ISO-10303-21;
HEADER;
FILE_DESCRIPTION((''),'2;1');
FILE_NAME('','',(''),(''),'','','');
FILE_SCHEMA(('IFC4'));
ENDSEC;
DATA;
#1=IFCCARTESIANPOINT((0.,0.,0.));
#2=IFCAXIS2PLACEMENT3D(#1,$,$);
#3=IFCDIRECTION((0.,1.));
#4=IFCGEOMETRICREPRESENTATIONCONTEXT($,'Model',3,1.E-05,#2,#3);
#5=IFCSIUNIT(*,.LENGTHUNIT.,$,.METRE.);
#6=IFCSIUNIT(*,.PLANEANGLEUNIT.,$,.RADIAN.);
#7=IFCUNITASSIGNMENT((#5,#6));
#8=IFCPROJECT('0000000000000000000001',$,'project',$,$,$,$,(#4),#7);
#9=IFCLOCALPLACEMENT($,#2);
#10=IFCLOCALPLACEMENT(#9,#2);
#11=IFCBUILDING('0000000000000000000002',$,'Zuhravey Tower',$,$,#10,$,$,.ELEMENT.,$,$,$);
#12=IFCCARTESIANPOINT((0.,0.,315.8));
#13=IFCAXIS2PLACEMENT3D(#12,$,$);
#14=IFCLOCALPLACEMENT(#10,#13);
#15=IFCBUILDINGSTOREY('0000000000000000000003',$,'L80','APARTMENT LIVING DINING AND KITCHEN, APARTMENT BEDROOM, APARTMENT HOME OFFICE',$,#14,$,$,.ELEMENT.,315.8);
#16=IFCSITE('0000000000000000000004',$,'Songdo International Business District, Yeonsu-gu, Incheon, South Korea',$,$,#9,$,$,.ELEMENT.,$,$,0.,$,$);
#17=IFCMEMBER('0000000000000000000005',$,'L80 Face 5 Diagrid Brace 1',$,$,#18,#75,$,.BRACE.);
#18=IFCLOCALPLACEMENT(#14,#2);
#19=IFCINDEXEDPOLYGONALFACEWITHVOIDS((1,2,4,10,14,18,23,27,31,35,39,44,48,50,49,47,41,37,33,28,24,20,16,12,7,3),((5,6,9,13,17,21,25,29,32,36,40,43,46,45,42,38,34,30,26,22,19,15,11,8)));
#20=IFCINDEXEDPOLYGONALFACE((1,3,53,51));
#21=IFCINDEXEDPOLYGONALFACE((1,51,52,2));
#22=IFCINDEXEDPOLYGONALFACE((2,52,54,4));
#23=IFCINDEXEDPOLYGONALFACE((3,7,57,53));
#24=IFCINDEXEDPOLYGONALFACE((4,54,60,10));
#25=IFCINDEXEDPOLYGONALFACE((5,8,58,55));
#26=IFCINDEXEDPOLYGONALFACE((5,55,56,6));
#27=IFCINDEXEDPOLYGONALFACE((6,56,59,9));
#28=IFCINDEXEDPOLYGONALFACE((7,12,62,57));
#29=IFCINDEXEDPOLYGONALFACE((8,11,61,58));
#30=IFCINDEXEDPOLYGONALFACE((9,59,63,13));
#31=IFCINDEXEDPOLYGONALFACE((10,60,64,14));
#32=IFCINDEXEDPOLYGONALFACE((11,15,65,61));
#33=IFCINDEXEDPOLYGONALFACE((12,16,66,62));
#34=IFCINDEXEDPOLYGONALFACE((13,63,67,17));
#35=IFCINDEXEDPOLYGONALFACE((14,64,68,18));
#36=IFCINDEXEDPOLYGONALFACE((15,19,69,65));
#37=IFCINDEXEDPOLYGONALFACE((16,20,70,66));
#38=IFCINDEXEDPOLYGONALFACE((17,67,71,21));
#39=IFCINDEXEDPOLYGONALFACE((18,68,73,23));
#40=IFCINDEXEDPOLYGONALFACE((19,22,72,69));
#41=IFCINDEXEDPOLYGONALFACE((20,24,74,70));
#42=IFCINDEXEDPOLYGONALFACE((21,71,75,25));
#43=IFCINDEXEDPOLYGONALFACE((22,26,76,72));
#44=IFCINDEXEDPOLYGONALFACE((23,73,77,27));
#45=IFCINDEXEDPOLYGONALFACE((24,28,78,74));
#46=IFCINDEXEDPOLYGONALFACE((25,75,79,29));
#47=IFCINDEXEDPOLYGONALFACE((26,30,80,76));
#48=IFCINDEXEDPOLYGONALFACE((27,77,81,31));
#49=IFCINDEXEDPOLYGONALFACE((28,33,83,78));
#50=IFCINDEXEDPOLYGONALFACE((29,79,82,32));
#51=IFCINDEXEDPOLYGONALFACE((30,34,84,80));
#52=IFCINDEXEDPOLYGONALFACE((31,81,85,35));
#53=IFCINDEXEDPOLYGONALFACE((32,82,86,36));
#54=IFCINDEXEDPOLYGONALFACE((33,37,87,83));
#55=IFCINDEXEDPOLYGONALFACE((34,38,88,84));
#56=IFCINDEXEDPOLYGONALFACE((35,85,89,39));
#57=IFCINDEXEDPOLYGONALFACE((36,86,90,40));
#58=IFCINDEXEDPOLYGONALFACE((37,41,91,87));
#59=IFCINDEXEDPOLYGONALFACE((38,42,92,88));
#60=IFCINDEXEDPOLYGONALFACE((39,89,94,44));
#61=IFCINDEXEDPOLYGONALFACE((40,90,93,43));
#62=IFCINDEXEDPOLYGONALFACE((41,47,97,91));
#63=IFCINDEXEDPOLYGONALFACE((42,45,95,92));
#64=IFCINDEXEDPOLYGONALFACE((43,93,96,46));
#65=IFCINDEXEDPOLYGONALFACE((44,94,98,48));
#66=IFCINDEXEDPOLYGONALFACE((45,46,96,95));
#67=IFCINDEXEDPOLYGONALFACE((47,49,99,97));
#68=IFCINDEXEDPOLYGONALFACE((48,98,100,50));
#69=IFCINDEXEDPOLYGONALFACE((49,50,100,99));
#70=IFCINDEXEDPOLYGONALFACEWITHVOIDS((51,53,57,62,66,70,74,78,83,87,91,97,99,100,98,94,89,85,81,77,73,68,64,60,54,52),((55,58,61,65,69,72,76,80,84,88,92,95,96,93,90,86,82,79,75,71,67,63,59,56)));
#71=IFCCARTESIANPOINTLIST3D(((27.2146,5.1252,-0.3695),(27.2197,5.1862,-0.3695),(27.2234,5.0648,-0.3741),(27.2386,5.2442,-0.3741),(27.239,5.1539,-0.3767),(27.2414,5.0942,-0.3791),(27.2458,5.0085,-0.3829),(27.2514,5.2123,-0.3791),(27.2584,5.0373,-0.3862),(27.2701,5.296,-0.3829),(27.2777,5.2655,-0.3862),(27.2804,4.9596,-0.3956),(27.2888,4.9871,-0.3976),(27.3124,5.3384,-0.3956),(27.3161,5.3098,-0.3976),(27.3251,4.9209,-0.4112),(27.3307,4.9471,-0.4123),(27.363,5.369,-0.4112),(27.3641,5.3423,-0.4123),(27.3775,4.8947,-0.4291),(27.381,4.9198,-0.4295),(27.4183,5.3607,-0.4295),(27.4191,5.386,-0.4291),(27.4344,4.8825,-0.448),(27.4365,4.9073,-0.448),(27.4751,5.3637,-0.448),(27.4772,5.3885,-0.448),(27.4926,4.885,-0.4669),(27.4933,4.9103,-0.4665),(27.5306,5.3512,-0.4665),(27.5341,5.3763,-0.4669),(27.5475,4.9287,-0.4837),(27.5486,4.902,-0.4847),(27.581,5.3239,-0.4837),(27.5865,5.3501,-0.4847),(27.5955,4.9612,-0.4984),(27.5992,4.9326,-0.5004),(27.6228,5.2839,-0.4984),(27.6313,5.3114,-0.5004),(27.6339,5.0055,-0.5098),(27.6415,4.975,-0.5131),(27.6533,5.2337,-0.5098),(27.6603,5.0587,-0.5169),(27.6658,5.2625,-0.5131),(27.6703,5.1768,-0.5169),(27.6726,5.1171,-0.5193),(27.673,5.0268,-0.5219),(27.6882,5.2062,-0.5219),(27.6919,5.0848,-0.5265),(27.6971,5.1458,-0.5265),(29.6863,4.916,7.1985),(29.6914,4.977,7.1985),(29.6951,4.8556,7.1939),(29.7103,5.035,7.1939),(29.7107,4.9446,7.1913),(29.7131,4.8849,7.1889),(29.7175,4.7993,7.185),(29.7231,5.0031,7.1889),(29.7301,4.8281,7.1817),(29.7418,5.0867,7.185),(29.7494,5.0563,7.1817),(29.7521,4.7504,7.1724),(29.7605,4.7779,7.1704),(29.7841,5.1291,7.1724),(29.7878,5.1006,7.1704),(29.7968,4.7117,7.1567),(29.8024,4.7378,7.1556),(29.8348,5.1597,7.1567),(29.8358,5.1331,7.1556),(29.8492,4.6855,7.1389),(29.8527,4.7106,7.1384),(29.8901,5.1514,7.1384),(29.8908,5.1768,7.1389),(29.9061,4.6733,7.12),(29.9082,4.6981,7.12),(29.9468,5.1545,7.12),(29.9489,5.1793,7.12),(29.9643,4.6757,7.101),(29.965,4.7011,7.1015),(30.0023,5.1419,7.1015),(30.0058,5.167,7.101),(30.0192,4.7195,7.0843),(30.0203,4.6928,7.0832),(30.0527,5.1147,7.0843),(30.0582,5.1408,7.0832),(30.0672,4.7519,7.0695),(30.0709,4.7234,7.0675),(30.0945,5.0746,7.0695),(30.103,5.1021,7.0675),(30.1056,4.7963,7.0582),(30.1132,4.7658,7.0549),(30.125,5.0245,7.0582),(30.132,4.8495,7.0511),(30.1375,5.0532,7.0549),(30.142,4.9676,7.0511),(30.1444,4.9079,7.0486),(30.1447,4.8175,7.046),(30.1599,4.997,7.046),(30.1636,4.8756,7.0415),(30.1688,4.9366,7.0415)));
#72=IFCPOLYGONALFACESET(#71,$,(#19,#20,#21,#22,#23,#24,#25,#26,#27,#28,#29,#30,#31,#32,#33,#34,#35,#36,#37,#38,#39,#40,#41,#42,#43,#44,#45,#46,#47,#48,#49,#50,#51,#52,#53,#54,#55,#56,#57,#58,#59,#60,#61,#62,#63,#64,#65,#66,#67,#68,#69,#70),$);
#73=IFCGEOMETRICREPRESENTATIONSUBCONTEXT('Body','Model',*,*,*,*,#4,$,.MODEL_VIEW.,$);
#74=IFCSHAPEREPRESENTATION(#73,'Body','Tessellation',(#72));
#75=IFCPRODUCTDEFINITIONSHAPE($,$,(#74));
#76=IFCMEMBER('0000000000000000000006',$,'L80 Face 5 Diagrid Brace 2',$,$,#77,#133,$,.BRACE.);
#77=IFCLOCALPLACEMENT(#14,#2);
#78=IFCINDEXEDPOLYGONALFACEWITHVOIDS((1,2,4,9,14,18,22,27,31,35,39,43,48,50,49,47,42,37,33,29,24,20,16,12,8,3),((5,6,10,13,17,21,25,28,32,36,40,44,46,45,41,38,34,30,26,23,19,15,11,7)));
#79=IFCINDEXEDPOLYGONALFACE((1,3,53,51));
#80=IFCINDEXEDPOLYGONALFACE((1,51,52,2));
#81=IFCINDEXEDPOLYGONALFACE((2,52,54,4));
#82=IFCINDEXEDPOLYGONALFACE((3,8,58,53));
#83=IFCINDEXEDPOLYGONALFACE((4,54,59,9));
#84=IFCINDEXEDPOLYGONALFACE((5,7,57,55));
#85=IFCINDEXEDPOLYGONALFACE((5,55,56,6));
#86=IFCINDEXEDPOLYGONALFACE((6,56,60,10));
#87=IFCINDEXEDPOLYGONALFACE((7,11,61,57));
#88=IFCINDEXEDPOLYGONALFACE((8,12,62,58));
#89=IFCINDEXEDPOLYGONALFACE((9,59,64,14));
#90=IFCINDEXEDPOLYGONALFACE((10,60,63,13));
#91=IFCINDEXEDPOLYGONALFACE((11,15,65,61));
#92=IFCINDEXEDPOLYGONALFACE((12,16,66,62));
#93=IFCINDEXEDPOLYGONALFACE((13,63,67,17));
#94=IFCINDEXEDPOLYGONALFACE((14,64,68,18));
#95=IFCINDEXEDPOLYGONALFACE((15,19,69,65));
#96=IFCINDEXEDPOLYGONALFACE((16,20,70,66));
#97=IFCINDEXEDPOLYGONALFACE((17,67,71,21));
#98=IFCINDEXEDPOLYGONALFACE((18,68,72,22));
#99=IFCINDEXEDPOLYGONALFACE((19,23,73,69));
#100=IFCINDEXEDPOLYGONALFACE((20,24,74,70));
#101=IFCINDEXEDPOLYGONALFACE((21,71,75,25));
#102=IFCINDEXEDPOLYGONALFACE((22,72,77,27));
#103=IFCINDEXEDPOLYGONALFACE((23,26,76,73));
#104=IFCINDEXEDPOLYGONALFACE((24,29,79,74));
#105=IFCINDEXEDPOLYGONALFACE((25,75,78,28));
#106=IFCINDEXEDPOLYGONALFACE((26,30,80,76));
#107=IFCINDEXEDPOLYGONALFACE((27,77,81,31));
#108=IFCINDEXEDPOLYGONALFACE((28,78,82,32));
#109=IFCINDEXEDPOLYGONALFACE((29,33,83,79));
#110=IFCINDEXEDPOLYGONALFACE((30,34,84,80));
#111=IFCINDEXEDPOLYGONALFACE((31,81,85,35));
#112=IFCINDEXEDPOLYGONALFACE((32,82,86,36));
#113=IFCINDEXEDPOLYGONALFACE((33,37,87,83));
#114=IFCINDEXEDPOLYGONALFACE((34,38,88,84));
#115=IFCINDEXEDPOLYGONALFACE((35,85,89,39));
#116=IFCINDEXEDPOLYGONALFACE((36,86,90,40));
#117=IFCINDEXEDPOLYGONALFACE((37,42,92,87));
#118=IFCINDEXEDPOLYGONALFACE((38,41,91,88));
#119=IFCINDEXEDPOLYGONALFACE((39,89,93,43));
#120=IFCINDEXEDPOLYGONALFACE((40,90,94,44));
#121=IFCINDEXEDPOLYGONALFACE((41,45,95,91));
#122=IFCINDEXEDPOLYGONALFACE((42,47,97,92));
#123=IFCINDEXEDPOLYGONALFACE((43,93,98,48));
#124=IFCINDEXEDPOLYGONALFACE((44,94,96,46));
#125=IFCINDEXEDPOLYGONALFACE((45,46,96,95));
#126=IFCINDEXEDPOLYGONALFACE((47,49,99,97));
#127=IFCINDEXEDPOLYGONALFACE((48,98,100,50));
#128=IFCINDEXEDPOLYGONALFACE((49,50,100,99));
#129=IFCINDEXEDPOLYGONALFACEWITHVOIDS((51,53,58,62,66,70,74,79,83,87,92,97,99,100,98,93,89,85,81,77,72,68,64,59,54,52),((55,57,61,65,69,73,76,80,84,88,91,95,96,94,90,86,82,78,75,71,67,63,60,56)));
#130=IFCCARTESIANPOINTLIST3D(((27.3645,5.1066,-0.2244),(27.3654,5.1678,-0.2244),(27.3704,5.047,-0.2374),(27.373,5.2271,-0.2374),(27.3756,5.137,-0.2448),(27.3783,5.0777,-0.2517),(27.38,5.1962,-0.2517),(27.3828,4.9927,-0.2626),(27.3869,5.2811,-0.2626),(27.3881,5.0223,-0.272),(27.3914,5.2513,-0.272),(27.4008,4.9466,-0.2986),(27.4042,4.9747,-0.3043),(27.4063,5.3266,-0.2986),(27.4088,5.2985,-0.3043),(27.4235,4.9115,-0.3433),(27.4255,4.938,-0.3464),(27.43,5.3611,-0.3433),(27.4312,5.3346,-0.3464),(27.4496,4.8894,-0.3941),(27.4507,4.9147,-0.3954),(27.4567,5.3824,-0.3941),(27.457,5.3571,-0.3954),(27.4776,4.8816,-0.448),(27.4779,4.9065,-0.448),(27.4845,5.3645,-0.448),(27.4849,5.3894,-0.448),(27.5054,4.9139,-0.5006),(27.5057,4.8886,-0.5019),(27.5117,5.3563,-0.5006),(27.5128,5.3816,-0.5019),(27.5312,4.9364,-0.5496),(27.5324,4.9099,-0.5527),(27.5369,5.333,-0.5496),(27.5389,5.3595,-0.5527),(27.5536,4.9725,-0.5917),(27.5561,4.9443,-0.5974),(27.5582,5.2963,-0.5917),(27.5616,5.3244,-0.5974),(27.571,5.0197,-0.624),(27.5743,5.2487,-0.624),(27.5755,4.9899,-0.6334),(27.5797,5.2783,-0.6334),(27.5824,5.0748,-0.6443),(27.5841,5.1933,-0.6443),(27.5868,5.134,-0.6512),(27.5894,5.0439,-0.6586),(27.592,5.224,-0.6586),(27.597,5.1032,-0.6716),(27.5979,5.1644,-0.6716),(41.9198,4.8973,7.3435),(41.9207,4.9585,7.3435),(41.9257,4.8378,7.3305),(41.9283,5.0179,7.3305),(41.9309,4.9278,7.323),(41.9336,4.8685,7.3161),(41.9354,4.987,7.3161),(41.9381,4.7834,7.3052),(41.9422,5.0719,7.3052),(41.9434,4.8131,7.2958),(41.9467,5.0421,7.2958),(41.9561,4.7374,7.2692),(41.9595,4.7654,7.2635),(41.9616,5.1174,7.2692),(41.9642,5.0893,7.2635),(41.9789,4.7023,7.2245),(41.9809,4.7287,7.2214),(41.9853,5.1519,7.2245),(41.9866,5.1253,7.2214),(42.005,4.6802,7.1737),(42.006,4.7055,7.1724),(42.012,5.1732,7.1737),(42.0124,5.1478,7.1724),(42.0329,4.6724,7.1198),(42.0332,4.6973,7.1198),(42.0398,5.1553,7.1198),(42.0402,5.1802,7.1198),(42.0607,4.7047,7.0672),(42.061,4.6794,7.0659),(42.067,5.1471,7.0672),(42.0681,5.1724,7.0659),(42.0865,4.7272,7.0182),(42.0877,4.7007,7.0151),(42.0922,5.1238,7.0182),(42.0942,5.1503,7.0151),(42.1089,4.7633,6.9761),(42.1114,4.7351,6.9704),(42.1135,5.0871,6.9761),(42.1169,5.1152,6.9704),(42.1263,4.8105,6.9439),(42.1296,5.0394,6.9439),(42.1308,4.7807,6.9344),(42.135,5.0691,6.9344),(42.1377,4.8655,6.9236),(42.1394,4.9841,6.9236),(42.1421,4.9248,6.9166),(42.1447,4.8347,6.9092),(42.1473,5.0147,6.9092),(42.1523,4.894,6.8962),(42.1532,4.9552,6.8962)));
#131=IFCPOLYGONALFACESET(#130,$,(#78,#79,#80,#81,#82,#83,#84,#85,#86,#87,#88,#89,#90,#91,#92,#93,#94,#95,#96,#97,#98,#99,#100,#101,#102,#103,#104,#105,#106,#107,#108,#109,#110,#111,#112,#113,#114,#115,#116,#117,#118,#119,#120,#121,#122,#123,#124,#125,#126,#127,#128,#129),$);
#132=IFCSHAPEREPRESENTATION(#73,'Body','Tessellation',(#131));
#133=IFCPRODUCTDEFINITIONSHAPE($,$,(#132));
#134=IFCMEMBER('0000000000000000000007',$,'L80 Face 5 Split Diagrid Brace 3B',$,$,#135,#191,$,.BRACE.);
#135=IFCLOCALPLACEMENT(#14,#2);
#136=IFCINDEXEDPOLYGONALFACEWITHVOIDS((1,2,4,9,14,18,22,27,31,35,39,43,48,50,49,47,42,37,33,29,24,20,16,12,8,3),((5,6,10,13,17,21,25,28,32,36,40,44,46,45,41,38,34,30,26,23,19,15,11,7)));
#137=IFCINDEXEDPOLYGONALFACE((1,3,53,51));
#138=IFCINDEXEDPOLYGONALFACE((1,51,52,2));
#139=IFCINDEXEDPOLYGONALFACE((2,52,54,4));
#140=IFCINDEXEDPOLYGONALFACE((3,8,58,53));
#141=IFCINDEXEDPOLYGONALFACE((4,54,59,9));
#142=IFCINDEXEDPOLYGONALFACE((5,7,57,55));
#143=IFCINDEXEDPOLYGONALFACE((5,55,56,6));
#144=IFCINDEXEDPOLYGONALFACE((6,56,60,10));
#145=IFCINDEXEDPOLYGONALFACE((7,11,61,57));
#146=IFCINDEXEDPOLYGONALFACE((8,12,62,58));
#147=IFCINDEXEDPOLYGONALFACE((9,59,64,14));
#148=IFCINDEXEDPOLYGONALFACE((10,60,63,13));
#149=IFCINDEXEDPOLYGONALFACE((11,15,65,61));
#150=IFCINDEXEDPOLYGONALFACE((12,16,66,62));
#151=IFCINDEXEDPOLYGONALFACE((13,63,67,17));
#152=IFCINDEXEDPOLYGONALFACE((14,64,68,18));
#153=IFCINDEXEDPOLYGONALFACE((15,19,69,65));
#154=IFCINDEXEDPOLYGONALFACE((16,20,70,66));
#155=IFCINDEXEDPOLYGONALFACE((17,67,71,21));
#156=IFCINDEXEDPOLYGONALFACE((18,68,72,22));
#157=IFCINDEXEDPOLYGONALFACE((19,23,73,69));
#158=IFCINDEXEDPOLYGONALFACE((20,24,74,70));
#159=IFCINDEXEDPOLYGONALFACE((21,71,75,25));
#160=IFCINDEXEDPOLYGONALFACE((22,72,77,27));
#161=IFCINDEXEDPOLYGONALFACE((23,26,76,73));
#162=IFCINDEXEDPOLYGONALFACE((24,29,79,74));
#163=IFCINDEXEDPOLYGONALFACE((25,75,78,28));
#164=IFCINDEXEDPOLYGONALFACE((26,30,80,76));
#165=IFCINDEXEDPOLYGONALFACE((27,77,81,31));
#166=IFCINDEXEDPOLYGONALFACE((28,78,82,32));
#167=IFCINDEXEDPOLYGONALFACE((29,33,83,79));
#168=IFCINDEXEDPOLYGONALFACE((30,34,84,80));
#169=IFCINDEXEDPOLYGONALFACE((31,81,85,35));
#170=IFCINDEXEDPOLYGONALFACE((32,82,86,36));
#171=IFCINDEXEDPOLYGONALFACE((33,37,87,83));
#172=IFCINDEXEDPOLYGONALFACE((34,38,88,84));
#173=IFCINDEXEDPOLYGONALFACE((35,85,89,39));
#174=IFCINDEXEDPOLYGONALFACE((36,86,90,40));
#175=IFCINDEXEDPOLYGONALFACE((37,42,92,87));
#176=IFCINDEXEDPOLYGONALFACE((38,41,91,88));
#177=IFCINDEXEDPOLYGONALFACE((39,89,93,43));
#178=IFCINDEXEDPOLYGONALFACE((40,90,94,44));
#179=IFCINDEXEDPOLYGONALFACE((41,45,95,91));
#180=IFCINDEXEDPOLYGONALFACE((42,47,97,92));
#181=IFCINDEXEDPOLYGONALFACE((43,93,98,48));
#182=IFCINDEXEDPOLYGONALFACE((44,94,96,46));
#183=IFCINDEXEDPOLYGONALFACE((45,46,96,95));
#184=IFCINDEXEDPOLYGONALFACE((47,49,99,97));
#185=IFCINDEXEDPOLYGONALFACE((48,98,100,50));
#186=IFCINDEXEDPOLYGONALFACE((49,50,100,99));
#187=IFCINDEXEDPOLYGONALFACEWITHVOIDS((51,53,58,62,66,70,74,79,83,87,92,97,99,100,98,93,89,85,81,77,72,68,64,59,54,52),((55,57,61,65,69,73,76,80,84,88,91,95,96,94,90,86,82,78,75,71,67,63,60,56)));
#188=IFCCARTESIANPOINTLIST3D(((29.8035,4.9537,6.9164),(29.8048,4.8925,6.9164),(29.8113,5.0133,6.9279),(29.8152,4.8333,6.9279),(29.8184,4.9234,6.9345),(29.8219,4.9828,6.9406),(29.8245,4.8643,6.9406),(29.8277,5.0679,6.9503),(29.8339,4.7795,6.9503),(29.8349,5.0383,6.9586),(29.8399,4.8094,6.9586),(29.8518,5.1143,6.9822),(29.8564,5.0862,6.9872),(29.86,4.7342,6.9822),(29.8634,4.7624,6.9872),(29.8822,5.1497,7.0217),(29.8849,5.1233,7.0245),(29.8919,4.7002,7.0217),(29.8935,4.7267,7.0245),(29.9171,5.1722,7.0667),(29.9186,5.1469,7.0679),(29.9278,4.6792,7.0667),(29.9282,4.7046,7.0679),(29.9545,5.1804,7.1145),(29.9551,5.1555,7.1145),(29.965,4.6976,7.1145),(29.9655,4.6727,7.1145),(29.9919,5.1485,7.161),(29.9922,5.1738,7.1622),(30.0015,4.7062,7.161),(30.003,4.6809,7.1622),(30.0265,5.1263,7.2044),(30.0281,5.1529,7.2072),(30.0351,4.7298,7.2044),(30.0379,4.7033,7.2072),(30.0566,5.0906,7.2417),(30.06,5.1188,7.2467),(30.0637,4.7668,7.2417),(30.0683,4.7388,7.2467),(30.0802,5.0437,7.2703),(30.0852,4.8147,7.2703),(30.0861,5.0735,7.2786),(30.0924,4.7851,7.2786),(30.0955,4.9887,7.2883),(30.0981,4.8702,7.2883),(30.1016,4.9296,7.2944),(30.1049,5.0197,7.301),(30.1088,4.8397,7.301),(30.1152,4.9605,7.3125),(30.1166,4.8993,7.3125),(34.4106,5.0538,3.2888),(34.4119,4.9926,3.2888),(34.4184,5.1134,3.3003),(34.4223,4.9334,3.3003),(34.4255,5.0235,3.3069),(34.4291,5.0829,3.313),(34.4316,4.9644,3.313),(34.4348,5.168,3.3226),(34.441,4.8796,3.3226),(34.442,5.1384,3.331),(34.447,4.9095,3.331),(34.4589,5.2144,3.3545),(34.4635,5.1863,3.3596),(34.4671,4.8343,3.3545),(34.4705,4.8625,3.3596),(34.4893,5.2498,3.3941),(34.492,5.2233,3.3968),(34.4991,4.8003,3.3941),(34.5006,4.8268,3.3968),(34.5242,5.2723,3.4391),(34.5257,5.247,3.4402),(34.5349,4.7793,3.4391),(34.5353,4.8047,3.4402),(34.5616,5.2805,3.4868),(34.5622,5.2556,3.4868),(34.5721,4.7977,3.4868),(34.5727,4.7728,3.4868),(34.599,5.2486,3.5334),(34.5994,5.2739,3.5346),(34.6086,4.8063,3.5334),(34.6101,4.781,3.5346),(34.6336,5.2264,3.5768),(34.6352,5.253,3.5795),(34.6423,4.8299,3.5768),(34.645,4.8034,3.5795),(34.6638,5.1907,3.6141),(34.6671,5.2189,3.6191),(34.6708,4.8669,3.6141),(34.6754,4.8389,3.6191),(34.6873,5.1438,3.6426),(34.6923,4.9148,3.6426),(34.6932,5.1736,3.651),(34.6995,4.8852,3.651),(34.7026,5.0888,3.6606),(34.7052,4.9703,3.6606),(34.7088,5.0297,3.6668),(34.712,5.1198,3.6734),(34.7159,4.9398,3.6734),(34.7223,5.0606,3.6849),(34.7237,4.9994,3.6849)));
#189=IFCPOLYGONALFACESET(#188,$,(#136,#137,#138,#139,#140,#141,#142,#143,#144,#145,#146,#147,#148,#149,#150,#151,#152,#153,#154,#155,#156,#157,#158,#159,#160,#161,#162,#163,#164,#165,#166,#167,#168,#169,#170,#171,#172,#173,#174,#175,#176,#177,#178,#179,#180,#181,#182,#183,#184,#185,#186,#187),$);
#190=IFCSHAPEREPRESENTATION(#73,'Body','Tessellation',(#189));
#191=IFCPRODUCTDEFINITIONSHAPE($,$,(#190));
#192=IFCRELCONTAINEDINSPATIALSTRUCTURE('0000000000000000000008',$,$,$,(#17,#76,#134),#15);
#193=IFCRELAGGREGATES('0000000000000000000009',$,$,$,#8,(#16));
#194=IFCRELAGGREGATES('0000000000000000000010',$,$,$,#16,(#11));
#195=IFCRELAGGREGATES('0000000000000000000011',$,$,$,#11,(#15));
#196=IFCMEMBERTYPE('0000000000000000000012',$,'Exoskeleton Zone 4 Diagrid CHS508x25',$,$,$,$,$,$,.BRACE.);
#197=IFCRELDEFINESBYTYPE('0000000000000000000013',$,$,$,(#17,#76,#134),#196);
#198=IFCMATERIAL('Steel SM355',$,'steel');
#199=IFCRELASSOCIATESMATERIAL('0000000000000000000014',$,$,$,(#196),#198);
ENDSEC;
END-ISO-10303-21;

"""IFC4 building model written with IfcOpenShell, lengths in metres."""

from ifc_helpers import new_model, si_unit, direction, frame, origin, origin_2d, place, context, subcontext, project, spatial, hollow_circle, extrude, material, material_profile, profile_set, type_object, element, save


model = new_model("IFC4")

# Units and contexts
model_context = context("Model", 3, precision=1e-05, world=origin(), true_north=direction((0.0, 1.0)))
body_context = subcontext(model_context, "Body", "Model", "MODEL_VIEW")
ifc_project = project(units=[si_unit("LENGTHUNIT", "METRE"), si_unit("PLANEANGLEUNIT", "RADIAN")], contexts=[model_context])

# Site, building, storey
site_placement = place(None, origin())
site = spatial("IfcSite", under=ifc_project, at=site_placement, Name="Songdo International Business District, Yeonsu-gu, Incheon, South Korea", CompositionType="ELEMENT", RefElevation=0.0)
building_placement = place(site_placement, origin())
building = spatial("IfcBuilding", under=site, at=building_placement, Name="Zuhravey Tower", CompositionType="ELEMENT")
storey_placement = place(building_placement, frame((0.0, 0.0, 315.8)))
storey = spatial("IfcBuildingStorey", under=building, at=storey_placement, Name="L80", Description="APARTMENT LIVING DINING AND KITCHEN, APARTMENT BEDROOM, APARTMENT HOME OFFICE", CompositionType="ELEMENT", Elevation=315.8)

# Members
ifc_material_1 = material(Name="Steel SM355", Category="steel")
ifc_material_profile_1 = material_profile(ifc_material_1, hollow_circle(Radius=0.2539, WallThickness=0.0249, at=origin_2d()), Name="CHS-508.0x25")
ifc_profile_set_1 = profile_set([ifc_material_profile_1], Name="Steel SM355")
member_type_1 = type_object("IfcMemberType", Name="Exoskeleton Zone 4 Diagrid CHS508x25", PredefinedType="BRACE", material=ifc_profile_set_1)
member_1_placement = place(storey_placement, frame((27.4558, 5.1355, -0.448), z_axis=(0.310356, -0.026272, 0.950257), x_axis=(0.084349, 0.996436, 0.0)))
element("IfcMember", 1, at=member_1_placement, inside=storey, type_object=member_type_1, Name="L80 Face 5 Diagrid Brace 1", PredefinedType="BRACE", context=body_context, shape_type="SweptSolid", body=[
    extrude(hollow_circle(Radius=0.2539, WallThickness=0.0249, at=origin_2d()), origin(), (0.0, 0.0, 1.0), 7.9641),
])
member_2_placement = place(storey_placement, frame((27.4812, 5.1355, -0.448), z_axis=(0.887168, -0.012753, 0.46127), x_axis=(0.014373, 0.999897, 0.0)))
element("IfcMember", 2, at=member_2_placement, inside=storey, type_object=member_type_1, Name="L80 Face 5 Diagrid Brace 2", PredefinedType="BRACE", context=body_context, shape_type="SweptSolid", body=[
    extrude(hollow_circle(Radius=0.2539, WallThickness=0.0249, at=origin_2d()), origin(), (0.0, 0.0, 1.0), 16.4065),
])
member_3_placement = place(storey_placement, frame((34.5671, 5.0266, 3.4868), z_axis=(-0.785561, -0.017067, 0.618549), x_axis=(0.021721, -0.999764, 0.0)))
element("IfcMember", 3, at=member_3_placement, inside=storey, type_object=member_type_1, Name="L80 Face 5 Split Diagrid Brace 3B", PredefinedType="BRACE", context=body_context, shape_type="SweptSolid", body=[
    extrude(hollow_circle(Radius=0.2539, WallThickness=0.0249, at=origin_2d()), origin(), (0.0, 0.0, 1.0), 5.8647),
])

save(model, "model.ifc")
